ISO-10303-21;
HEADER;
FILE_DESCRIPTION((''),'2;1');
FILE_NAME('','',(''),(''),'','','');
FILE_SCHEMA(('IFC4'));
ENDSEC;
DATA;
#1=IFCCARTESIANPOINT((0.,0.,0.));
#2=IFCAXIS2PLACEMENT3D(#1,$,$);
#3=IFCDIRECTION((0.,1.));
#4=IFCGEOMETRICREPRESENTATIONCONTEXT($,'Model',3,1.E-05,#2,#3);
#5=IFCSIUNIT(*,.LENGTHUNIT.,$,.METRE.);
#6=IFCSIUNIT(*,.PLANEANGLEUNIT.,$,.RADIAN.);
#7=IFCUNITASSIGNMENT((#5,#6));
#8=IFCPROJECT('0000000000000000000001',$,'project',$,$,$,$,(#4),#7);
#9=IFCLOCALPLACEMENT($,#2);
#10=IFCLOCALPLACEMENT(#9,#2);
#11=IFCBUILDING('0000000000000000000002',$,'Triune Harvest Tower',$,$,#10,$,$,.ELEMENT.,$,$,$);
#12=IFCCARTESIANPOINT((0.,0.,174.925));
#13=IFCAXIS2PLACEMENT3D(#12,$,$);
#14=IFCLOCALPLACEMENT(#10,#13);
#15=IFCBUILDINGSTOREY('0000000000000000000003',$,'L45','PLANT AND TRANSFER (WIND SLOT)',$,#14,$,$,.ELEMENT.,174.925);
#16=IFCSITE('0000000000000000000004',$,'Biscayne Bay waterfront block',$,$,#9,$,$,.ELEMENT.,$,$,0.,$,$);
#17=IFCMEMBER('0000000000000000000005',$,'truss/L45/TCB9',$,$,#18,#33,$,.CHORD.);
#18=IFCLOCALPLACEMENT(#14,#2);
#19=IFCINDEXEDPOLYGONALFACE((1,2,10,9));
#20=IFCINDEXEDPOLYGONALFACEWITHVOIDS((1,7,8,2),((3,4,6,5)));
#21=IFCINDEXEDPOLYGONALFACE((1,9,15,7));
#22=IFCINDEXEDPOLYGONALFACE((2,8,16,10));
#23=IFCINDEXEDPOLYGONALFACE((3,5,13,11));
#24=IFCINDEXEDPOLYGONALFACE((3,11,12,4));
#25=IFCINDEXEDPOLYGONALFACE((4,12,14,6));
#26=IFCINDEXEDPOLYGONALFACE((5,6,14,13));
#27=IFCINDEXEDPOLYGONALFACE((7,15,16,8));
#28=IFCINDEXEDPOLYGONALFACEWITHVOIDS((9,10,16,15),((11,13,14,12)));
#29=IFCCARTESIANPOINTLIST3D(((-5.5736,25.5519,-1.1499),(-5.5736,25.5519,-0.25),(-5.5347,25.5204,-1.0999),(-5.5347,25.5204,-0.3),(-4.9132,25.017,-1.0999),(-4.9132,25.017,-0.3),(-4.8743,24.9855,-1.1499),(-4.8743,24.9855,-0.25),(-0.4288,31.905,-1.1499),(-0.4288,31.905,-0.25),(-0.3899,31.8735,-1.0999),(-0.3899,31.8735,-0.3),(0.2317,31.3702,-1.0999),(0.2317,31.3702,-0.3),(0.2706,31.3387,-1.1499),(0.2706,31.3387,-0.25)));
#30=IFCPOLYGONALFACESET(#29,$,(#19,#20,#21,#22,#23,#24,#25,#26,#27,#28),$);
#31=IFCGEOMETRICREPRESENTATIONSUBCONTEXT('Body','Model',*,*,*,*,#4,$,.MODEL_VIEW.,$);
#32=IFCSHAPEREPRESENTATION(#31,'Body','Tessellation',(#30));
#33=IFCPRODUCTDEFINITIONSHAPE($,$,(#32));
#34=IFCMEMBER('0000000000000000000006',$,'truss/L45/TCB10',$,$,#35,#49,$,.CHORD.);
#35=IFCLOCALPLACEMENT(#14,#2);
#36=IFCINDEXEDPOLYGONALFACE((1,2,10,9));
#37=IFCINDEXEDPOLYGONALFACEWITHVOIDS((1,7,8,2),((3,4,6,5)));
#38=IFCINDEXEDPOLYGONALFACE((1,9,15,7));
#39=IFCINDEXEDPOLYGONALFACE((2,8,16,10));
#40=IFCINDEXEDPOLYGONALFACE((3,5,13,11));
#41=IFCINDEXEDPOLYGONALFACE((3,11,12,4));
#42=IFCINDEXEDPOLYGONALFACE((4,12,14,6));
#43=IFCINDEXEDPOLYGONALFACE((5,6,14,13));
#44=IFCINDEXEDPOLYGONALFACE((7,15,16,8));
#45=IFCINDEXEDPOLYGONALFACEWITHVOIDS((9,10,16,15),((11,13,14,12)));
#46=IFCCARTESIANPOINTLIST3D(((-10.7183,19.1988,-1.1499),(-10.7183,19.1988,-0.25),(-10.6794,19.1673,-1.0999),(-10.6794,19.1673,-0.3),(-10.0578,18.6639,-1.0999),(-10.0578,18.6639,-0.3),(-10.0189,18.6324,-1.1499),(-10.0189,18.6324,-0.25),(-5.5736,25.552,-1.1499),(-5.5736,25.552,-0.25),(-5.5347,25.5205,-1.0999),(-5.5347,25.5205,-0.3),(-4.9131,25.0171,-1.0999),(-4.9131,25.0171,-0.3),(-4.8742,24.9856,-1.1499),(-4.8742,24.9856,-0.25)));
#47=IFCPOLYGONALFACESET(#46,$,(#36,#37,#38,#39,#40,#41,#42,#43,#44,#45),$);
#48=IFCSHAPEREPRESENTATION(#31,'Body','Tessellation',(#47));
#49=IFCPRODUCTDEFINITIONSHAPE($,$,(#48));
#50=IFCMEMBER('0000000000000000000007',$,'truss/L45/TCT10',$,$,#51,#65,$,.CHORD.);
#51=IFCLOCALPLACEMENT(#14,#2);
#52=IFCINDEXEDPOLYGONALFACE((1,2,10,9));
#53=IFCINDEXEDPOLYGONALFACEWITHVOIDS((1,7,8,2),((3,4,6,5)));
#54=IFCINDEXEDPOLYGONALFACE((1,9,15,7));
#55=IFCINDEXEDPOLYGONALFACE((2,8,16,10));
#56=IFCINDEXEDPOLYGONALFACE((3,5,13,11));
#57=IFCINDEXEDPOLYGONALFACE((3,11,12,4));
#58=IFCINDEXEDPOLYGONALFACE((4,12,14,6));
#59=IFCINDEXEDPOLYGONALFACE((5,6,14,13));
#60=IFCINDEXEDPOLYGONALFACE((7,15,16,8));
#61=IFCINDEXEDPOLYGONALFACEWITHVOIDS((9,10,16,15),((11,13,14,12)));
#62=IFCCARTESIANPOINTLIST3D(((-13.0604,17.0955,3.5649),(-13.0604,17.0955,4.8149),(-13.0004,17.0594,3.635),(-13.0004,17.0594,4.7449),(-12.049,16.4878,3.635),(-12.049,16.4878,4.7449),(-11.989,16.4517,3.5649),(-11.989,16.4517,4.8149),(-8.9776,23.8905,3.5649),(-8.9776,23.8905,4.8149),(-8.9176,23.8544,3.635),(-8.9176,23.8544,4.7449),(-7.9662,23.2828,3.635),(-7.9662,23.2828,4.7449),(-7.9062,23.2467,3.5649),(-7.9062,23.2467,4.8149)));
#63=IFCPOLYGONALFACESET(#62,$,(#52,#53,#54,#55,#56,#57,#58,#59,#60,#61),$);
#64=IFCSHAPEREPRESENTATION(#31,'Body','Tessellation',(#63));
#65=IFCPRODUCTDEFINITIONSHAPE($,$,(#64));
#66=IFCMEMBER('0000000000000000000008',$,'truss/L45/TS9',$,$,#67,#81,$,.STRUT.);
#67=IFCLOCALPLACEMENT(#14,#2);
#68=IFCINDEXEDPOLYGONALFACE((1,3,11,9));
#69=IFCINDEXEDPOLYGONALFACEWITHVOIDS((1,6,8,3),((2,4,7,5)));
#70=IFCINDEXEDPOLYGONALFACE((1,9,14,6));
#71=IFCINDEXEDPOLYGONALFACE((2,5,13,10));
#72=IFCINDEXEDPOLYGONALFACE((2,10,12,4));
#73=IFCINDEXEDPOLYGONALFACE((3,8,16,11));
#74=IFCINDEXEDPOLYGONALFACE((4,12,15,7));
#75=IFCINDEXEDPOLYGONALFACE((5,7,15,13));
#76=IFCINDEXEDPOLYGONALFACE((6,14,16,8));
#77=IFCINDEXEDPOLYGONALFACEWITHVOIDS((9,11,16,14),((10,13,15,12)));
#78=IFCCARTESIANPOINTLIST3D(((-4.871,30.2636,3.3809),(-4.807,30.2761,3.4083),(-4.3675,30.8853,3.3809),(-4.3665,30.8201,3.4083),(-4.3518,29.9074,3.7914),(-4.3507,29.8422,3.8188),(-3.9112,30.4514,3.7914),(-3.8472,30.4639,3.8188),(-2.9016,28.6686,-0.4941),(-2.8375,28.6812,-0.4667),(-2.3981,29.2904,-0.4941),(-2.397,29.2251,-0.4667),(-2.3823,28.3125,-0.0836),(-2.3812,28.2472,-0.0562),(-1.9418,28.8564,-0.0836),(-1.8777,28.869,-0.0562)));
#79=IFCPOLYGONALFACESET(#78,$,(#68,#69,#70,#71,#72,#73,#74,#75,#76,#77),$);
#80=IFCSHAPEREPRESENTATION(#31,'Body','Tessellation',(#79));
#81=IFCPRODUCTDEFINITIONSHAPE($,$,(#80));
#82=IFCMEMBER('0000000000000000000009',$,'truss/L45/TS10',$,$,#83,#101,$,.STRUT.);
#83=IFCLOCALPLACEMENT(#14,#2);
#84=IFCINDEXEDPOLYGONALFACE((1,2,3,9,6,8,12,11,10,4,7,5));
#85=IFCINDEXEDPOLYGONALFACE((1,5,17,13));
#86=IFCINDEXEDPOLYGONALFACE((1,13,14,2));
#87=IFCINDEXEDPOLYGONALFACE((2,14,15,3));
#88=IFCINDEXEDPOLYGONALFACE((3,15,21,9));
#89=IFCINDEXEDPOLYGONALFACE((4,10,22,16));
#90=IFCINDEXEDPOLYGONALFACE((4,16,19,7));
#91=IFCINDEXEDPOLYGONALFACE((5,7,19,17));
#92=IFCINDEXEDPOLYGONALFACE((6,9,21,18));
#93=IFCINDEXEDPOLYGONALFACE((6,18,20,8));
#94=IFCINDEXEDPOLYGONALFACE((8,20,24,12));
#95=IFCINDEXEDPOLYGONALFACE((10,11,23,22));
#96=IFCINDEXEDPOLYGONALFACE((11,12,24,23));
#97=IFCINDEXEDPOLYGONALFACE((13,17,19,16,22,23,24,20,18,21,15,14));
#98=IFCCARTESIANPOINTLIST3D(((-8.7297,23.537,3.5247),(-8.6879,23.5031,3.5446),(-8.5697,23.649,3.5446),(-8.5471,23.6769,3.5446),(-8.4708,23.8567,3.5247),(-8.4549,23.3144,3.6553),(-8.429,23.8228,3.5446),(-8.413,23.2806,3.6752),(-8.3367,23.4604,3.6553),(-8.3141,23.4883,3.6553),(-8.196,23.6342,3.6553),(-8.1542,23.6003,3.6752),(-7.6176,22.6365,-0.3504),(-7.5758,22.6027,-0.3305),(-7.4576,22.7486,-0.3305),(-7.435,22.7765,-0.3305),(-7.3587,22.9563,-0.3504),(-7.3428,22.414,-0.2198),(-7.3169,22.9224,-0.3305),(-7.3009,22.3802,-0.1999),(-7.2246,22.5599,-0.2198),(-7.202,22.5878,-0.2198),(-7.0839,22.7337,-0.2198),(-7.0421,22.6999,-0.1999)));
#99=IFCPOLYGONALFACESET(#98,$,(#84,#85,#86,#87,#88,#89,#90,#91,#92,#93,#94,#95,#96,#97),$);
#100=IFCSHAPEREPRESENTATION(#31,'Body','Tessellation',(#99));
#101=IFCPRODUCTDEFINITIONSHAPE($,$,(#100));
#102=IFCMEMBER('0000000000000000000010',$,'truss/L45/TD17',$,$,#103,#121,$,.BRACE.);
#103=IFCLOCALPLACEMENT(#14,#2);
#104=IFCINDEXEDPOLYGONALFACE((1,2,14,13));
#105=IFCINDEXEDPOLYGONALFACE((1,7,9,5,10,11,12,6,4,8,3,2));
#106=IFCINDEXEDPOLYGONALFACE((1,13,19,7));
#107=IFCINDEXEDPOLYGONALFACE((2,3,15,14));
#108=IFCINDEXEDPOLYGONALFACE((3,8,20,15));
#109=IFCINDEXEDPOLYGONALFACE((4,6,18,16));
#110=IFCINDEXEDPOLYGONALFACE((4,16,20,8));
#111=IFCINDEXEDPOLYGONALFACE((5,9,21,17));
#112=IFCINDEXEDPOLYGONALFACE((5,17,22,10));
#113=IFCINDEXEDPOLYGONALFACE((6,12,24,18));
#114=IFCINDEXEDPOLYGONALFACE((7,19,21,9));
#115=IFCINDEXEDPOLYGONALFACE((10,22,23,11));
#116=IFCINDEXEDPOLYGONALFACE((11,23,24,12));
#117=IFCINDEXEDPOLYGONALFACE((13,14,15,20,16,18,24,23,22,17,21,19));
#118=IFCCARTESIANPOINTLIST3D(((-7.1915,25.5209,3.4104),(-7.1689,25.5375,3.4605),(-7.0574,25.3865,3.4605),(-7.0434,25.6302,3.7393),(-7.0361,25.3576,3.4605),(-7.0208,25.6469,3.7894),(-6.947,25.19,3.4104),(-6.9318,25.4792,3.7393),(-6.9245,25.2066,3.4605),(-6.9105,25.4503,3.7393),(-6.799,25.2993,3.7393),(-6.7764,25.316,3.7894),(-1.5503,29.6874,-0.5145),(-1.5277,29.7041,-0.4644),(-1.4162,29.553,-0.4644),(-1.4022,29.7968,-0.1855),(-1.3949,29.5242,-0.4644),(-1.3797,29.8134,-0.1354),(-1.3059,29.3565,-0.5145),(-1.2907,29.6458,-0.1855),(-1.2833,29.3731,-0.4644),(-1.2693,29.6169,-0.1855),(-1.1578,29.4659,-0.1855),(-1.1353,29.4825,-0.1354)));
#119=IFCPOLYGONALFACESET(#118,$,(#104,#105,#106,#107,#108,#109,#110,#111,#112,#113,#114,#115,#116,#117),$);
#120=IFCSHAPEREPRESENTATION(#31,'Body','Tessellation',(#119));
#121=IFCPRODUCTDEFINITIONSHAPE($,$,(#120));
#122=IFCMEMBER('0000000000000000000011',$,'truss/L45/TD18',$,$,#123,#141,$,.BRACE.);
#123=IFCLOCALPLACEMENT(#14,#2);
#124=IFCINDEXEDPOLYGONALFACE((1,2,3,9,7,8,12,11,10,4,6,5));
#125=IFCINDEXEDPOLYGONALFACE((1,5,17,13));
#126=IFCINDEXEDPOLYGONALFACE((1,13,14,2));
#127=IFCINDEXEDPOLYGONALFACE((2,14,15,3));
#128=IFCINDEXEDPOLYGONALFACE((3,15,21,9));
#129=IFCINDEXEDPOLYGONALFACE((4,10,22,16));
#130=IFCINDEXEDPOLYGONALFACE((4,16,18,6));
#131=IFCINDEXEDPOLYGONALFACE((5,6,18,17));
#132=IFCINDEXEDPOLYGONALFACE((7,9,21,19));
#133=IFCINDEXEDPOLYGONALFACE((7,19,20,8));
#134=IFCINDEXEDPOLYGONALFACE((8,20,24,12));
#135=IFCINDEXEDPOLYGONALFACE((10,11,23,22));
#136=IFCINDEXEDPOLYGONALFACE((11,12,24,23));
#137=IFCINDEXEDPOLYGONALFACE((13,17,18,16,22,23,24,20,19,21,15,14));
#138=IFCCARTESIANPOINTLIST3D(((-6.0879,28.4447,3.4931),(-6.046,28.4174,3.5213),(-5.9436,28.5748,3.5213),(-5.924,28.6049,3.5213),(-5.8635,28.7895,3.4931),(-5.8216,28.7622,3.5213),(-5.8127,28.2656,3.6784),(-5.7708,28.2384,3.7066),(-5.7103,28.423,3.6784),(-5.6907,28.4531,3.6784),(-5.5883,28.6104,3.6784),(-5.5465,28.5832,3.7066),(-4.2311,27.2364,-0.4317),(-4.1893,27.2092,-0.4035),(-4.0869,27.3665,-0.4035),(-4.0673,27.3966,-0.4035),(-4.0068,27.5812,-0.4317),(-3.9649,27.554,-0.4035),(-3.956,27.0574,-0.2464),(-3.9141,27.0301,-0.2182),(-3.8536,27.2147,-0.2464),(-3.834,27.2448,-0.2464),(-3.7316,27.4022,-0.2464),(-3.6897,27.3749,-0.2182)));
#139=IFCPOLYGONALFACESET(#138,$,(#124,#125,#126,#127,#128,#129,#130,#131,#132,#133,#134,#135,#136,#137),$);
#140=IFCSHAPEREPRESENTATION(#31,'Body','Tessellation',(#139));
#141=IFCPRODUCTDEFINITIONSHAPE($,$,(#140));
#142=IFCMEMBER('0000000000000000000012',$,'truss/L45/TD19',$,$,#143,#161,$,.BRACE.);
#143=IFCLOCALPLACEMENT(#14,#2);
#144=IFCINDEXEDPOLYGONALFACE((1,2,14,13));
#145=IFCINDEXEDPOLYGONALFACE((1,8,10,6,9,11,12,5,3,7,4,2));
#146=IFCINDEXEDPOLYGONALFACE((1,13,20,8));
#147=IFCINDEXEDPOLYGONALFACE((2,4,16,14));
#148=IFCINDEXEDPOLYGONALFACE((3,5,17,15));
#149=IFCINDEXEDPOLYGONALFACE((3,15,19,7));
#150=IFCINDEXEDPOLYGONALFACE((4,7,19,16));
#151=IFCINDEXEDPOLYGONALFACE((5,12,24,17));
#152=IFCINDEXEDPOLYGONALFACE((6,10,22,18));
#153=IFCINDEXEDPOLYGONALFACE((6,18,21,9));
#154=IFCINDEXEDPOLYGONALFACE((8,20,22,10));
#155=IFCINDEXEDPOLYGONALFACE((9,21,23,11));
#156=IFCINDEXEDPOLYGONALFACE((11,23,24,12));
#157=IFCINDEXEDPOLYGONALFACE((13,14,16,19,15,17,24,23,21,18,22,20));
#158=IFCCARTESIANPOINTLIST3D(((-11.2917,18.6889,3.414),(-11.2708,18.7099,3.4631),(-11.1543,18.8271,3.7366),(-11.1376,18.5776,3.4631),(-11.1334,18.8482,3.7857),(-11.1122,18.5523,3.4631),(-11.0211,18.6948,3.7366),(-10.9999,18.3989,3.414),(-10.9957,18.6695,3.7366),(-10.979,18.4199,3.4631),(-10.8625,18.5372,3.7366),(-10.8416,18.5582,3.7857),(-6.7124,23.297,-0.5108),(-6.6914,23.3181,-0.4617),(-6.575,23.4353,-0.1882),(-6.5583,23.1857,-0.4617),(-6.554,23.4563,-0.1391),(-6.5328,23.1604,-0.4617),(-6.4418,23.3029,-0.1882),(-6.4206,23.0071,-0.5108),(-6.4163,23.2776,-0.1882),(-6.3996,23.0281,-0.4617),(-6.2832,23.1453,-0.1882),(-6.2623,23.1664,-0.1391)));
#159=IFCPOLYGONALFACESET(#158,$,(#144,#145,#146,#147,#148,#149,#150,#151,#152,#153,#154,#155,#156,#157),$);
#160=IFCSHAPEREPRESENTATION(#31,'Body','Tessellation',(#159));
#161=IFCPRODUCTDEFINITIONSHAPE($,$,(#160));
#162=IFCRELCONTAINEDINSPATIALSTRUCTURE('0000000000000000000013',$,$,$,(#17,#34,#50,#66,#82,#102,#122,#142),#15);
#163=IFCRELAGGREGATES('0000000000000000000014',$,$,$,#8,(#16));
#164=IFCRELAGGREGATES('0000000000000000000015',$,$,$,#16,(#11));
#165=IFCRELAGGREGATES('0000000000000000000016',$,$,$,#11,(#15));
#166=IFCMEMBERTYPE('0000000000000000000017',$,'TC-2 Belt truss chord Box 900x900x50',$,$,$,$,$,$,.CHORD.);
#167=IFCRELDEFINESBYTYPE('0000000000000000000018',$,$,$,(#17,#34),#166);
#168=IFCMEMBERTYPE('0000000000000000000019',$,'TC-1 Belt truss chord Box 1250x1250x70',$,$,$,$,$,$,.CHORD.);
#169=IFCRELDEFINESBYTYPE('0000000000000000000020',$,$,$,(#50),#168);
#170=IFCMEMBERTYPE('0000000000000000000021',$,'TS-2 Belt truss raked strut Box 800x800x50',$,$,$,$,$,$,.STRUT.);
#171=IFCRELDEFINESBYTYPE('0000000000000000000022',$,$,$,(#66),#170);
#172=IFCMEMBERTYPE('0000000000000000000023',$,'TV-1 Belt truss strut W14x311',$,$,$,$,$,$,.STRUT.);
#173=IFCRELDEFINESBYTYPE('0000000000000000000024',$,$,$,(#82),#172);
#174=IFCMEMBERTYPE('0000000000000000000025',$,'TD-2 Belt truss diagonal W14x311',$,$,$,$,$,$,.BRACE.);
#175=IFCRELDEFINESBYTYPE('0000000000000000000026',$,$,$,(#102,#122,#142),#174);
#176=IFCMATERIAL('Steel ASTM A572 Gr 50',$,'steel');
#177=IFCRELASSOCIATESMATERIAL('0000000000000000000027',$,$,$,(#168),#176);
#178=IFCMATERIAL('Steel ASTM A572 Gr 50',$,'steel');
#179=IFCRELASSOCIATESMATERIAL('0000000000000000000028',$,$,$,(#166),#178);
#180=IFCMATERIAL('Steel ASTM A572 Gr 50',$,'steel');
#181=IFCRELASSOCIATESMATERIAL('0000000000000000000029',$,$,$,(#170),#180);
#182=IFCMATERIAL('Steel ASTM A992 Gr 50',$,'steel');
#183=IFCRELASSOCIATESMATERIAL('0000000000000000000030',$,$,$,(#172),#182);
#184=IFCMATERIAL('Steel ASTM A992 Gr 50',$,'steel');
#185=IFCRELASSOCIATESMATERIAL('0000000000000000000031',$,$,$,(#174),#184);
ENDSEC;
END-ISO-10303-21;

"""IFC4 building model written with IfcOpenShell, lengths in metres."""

from ifc_helpers import new_model, si_unit, direction, frame, origin, origin_2d, place, context, subcontext, project, spatial, hollow_rectangle, i_section, extrude, source, transform, mapped, material, material_profile, profile_set, type_object, element, save


model = new_model("IFC4")

# Units and contexts
model_context = context("Model", 3, precision=1e-05, world=origin(), true_north=direction((0.0, 1.0)))
body_context = subcontext(model_context, "Body", "Model", "MODEL_VIEW")
ifc_project = project(units=[si_unit("LENGTHUNIT", "METRE"), si_unit("PLANEANGLEUNIT", "RADIAN")], contexts=[model_context])

# Site, building, storey
site_placement = place(None, origin())
site = spatial("IfcSite", under=ifc_project, at=site_placement, Name="Biscayne Bay waterfront block", CompositionType="ELEMENT", RefElevation=0.0)
building_placement = place(site_placement, origin())
building = spatial("IfcBuilding", under=site, at=building_placement, Name="Triune Harvest Tower", CompositionType="ELEMENT")
storey_placement = place(building_placement, frame((0.0, 0.0, 174.925)))
storey = spatial("IfcBuildingStorey", under=building, at=storey_placement, Name="L45", Description="PLANT AND TRANSFER (WIND SLOT)", CompositionType="ELEMENT", Elevation=174.925)

# Shared definitions
ifc_material_1 = material(Name="Steel ASTM A572 Gr 50", Category="steel")
ifc_material_profile_1 = material_profile(ifc_material_1, hollow_rectangle(XDim=1.25, YDim=1.25, WallThickness=0.0701, at=origin_2d()), Name="Box 1250x1250x70")
ifc_profile_set_1 = profile_set([ifc_material_profile_1], Name="Steel ASTM A572 Gr 50")
member_type_1 = type_object("IfcMemberType", Name="TC-1 Belt truss chord Box 1250x1250x70", PredefinedType="CHORD", material=ifc_profile_set_1)

# Members
ifc_material_2 = material(Name="Steel ASTM A572 Gr 50", Category="steel")
ifc_material_profile_2 = material_profile(ifc_material_2, hollow_rectangle(XDim=0.8999, YDim=0.8999, WallThickness=0.05, at=origin_2d()), Name="Box 900x900x50")
ifc_profile_set_2 = profile_set([ifc_material_profile_2], Name="Steel ASTM A572 Gr 50")
member_type_2 = type_object("IfcMemberType", Name="TC-2 Belt truss chord Box 900x900x50", PredefinedType="CHORD", material=ifc_profile_set_2)
shared_shape_1 = source(origin(), body_context, "Body", "SweptSolid", [
    extrude(hollow_rectangle(XDim=0.8999, YDim=0.8999, WallThickness=0.05, at=origin_2d()), origin(), (0.0, 0.0, 1.0), 8.175),
])
for number, where, z_axis, x_axis, name in (
    (1, (-0.0791, 31.6218, -0.7), (-0.629335, -0.777134, 0.0), (0.777134, -0.629335, 0.0), "truss/L45/TCB9"),
    (2, (-5.2239, 25.2688, -0.7), (-0.62932, -0.777146, 0.0), (0.777146, -0.62932, 0.0), "truss/L45/TCB10"),
):
    element("IfcMember", number, at=place(storey_placement, frame(where, z_axis=z_axis, x_axis=x_axis)), inside=storey, type_object=member_type_2, Name=name, PredefinedType="CHORD", context=body_context, shape_type="MappedRepresentation", body=[
        mapped(shared_shape_1, transform((0.0, 0.0, 0.0), scale=1.0)),
    ])
shared_shape_2 = source(origin(), body_context, "Body", "SweptSolid", [
    extrude(hollow_rectangle(XDim=1.25, YDim=1.25, WallThickness=0.0701, at=origin_2d()), origin(), (0.0, 0.0, 1.0), 7.9272),
])
member_1_placement = place(storey_placement, frame((-8.4419, 23.5686, 4.1899), z_axis=(-0.515035, -0.857169, 0.0), x_axis=(0.857169, -0.515035, 0.0)))
element("IfcMember", 3, at=member_1_placement, inside=storey, type_object=member_type_1, Name="truss/L45/TCT10", PredefinedType="CHORD", context=body_context, shape_type="MappedRepresentation", body=[
    mapped(shared_shape_2, transform((0.0, 0.0, 0.0), scale=1.0)),
])
ifc_material_3 = material(Name="Steel ASTM A572 Gr 50", Category="steel")
ifc_material_profile_3 = material_profile(ifc_material_3, hollow_rectangle(XDim=0.8, YDim=0.8, WallThickness=0.05, at=origin_2d()), Name="Box 800x800x50")
ifc_profile_set_3 = profile_set([ifc_material_profile_3], Name="Steel ASTM A572 Gr 50")
member_type_3 = type_object("IfcMemberType", Name="TS-2 Belt truss raked strut Box 800x800x50", PredefinedType="STRUT", material=ifc_profile_set_3)
shared_shape_3 = source(origin(), body_context, "Body", "SweptSolid", [
    extrude(hollow_rectangle(XDim=0.8, YDim=0.8, WallThickness=0.05, at=origin_2d()), origin(), (0.0, 0.0, 1.0), 4.6301),
])
member_2_placement = place(storey_placement, frame((-2.3896, 28.7688, -0.2751), z_axis=(-0.425359, 0.344474, 0.836903), x_axis=(-0.629348, -0.777124, 0.0)))
element("IfcMember", 4, at=member_2_placement, inside=storey, type_object=member_type_3, Name="truss/L45/TS9", PredefinedType="STRUT", context=body_context, shape_type="MappedRepresentation", body=[
    mapped(shared_shape_3, transform((0.0, 0.0, 0.0), scale=1.0)),
])
ifc_material_4 = material(Name="Steel ASTM A992 Gr 50", Category="steel")
ifc_material_profile_4 = material_profile(ifc_material_4, i_section(OverallWidth=0.4114, OverallDepth=0.4343, WebThickness=0.0359, FlangeThickness=0.0574, at=origin_2d()), Name="W14x311")
ifc_profile_set_4 = profile_set([ifc_material_profile_4], Name="Steel ASTM A992 Gr 50")
member_type_4 = type_object("IfcMemberType", Name="TV-1 Belt truss strut W14x311", PredefinedType="STRUT", material=ifc_profile_set_4)
shared_shape_4 = source(origin(), body_context, "Body", "SweptSolid", [
    extrude(i_section(OverallWidth=0.4114, OverallDepth=0.4343, WebThickness=0.0359, FlangeThickness=0.0574, at=origin_2d()), origin(), (0.0, 0.0, 1.0), 4.1309),
])
member_3_placement = place(storey_placement, frame((-7.3298, 22.6682, -0.2751), z_axis=(-0.269216, 0.217973, 0.938089), x_axis=(-0.629262, -0.777193, 0.0)))
element("IfcMember", 5, at=member_3_placement, inside=storey, type_object=member_type_4, Name="truss/L45/TS10", PredefinedType="STRUT", context=body_context, shape_type="MappedRepresentation", body=[
    mapped(shared_shape_4, transform((0.0, 0.0, 0.0), scale=1.0)),
])
ifc_material_5 = material(Name="Steel ASTM A992 Gr 50", Category="steel")
ifc_material_profile_5 = material_profile(ifc_material_5, i_section(OverallWidth=0.4114, OverallDepth=0.4343, WebThickness=0.0359, FlangeThickness=0.0574, at=origin_2d()), Name="W14x311")
ifc_profile_set_5 = profile_set([ifc_material_profile_5], Name="Steel ASTM A992 Gr 50")
member_type_5 = type_object("IfcMemberType", Name="TD-2 Belt truss diagonal W14x311", PredefinedType="BRACE", material=ifc_profile_set_5)
shared_shape_5 = source(origin(), body_context, "Body", "SweptSolid", [
    extrude(i_section(OverallWidth=0.4114, OverallDepth=0.4343, WebThickness=0.0359, FlangeThickness=0.0574, at=origin_2d()), origin(), (0.0, 0.0, 1.0), 8.0366),
])
member_4_placement = place(storey_placement, frame((-1.3428, 29.585, -0.325), z_axis=(-0.701933, -0.518445, 0.48837), x_axis=(0.594113, -0.804382, 0.0)))
element("IfcMember", 6, at=member_4_placement, inside=storey, type_object=member_type_5, Name="truss/L45/TD17", PredefinedType="BRACE", context=body_context, shape_type="MappedRepresentation", body=[
    mapped(shared_shape_5, transform((0.0, 0.0, 0.0), scale=1.0)),
])
shared_shape_6 = source(origin(), body_context, "Body", "SweptSolid", [
    extrude(i_section(OverallWidth=0.4114, OverallDepth=0.4343, WebThickness=0.0359, FlangeThickness=0.0574, at=origin_2d()), origin(), (0.0, 0.0, 1.0), 4.5068),
])
member_5_placement = place(storey_placement, frame((-3.9604, 27.3057, -0.325), z_axis=(-0.411975, 0.268095, 0.870863), x_axis=(-0.545434, -0.838154, 0.0)))
element("IfcMember", 7, at=member_5_placement, inside=storey, type_object=member_type_5, Name="truss/L45/TD18", PredefinedType="BRACE", context=body_context, shape_type="MappedRepresentation", body=[
    mapped(shared_shape_6, transform((0.0, 0.0, 0.0), scale=1.0)),
])
shared_shape_7 = source(origin(), body_context, "Body", "SweptSolid", [
    extrude(i_section(OverallWidth=0.4114, OverallDepth=0.4343, WebThickness=0.0359, FlangeThickness=0.0574, at=origin_2d()), origin(), (0.0, 0.0, 1.0), 7.5901),
])
member_6_placement = place(storey_placement, frame((-6.4873, 23.2317, -0.325), z_axis=(-0.603332, -0.607127, 0.517095), x_axis=(0.709321, -0.704886, 0.0)))
element("IfcMember", 8, at=member_6_placement, inside=storey, type_object=member_type_5, Name="truss/L45/TD19", PredefinedType="BRACE", context=body_context, shape_type="MappedRepresentation", body=[
    mapped(shared_shape_7, transform((0.0, 0.0, 0.0), scale=1.0)),
])

save(model, "model.ifc")
